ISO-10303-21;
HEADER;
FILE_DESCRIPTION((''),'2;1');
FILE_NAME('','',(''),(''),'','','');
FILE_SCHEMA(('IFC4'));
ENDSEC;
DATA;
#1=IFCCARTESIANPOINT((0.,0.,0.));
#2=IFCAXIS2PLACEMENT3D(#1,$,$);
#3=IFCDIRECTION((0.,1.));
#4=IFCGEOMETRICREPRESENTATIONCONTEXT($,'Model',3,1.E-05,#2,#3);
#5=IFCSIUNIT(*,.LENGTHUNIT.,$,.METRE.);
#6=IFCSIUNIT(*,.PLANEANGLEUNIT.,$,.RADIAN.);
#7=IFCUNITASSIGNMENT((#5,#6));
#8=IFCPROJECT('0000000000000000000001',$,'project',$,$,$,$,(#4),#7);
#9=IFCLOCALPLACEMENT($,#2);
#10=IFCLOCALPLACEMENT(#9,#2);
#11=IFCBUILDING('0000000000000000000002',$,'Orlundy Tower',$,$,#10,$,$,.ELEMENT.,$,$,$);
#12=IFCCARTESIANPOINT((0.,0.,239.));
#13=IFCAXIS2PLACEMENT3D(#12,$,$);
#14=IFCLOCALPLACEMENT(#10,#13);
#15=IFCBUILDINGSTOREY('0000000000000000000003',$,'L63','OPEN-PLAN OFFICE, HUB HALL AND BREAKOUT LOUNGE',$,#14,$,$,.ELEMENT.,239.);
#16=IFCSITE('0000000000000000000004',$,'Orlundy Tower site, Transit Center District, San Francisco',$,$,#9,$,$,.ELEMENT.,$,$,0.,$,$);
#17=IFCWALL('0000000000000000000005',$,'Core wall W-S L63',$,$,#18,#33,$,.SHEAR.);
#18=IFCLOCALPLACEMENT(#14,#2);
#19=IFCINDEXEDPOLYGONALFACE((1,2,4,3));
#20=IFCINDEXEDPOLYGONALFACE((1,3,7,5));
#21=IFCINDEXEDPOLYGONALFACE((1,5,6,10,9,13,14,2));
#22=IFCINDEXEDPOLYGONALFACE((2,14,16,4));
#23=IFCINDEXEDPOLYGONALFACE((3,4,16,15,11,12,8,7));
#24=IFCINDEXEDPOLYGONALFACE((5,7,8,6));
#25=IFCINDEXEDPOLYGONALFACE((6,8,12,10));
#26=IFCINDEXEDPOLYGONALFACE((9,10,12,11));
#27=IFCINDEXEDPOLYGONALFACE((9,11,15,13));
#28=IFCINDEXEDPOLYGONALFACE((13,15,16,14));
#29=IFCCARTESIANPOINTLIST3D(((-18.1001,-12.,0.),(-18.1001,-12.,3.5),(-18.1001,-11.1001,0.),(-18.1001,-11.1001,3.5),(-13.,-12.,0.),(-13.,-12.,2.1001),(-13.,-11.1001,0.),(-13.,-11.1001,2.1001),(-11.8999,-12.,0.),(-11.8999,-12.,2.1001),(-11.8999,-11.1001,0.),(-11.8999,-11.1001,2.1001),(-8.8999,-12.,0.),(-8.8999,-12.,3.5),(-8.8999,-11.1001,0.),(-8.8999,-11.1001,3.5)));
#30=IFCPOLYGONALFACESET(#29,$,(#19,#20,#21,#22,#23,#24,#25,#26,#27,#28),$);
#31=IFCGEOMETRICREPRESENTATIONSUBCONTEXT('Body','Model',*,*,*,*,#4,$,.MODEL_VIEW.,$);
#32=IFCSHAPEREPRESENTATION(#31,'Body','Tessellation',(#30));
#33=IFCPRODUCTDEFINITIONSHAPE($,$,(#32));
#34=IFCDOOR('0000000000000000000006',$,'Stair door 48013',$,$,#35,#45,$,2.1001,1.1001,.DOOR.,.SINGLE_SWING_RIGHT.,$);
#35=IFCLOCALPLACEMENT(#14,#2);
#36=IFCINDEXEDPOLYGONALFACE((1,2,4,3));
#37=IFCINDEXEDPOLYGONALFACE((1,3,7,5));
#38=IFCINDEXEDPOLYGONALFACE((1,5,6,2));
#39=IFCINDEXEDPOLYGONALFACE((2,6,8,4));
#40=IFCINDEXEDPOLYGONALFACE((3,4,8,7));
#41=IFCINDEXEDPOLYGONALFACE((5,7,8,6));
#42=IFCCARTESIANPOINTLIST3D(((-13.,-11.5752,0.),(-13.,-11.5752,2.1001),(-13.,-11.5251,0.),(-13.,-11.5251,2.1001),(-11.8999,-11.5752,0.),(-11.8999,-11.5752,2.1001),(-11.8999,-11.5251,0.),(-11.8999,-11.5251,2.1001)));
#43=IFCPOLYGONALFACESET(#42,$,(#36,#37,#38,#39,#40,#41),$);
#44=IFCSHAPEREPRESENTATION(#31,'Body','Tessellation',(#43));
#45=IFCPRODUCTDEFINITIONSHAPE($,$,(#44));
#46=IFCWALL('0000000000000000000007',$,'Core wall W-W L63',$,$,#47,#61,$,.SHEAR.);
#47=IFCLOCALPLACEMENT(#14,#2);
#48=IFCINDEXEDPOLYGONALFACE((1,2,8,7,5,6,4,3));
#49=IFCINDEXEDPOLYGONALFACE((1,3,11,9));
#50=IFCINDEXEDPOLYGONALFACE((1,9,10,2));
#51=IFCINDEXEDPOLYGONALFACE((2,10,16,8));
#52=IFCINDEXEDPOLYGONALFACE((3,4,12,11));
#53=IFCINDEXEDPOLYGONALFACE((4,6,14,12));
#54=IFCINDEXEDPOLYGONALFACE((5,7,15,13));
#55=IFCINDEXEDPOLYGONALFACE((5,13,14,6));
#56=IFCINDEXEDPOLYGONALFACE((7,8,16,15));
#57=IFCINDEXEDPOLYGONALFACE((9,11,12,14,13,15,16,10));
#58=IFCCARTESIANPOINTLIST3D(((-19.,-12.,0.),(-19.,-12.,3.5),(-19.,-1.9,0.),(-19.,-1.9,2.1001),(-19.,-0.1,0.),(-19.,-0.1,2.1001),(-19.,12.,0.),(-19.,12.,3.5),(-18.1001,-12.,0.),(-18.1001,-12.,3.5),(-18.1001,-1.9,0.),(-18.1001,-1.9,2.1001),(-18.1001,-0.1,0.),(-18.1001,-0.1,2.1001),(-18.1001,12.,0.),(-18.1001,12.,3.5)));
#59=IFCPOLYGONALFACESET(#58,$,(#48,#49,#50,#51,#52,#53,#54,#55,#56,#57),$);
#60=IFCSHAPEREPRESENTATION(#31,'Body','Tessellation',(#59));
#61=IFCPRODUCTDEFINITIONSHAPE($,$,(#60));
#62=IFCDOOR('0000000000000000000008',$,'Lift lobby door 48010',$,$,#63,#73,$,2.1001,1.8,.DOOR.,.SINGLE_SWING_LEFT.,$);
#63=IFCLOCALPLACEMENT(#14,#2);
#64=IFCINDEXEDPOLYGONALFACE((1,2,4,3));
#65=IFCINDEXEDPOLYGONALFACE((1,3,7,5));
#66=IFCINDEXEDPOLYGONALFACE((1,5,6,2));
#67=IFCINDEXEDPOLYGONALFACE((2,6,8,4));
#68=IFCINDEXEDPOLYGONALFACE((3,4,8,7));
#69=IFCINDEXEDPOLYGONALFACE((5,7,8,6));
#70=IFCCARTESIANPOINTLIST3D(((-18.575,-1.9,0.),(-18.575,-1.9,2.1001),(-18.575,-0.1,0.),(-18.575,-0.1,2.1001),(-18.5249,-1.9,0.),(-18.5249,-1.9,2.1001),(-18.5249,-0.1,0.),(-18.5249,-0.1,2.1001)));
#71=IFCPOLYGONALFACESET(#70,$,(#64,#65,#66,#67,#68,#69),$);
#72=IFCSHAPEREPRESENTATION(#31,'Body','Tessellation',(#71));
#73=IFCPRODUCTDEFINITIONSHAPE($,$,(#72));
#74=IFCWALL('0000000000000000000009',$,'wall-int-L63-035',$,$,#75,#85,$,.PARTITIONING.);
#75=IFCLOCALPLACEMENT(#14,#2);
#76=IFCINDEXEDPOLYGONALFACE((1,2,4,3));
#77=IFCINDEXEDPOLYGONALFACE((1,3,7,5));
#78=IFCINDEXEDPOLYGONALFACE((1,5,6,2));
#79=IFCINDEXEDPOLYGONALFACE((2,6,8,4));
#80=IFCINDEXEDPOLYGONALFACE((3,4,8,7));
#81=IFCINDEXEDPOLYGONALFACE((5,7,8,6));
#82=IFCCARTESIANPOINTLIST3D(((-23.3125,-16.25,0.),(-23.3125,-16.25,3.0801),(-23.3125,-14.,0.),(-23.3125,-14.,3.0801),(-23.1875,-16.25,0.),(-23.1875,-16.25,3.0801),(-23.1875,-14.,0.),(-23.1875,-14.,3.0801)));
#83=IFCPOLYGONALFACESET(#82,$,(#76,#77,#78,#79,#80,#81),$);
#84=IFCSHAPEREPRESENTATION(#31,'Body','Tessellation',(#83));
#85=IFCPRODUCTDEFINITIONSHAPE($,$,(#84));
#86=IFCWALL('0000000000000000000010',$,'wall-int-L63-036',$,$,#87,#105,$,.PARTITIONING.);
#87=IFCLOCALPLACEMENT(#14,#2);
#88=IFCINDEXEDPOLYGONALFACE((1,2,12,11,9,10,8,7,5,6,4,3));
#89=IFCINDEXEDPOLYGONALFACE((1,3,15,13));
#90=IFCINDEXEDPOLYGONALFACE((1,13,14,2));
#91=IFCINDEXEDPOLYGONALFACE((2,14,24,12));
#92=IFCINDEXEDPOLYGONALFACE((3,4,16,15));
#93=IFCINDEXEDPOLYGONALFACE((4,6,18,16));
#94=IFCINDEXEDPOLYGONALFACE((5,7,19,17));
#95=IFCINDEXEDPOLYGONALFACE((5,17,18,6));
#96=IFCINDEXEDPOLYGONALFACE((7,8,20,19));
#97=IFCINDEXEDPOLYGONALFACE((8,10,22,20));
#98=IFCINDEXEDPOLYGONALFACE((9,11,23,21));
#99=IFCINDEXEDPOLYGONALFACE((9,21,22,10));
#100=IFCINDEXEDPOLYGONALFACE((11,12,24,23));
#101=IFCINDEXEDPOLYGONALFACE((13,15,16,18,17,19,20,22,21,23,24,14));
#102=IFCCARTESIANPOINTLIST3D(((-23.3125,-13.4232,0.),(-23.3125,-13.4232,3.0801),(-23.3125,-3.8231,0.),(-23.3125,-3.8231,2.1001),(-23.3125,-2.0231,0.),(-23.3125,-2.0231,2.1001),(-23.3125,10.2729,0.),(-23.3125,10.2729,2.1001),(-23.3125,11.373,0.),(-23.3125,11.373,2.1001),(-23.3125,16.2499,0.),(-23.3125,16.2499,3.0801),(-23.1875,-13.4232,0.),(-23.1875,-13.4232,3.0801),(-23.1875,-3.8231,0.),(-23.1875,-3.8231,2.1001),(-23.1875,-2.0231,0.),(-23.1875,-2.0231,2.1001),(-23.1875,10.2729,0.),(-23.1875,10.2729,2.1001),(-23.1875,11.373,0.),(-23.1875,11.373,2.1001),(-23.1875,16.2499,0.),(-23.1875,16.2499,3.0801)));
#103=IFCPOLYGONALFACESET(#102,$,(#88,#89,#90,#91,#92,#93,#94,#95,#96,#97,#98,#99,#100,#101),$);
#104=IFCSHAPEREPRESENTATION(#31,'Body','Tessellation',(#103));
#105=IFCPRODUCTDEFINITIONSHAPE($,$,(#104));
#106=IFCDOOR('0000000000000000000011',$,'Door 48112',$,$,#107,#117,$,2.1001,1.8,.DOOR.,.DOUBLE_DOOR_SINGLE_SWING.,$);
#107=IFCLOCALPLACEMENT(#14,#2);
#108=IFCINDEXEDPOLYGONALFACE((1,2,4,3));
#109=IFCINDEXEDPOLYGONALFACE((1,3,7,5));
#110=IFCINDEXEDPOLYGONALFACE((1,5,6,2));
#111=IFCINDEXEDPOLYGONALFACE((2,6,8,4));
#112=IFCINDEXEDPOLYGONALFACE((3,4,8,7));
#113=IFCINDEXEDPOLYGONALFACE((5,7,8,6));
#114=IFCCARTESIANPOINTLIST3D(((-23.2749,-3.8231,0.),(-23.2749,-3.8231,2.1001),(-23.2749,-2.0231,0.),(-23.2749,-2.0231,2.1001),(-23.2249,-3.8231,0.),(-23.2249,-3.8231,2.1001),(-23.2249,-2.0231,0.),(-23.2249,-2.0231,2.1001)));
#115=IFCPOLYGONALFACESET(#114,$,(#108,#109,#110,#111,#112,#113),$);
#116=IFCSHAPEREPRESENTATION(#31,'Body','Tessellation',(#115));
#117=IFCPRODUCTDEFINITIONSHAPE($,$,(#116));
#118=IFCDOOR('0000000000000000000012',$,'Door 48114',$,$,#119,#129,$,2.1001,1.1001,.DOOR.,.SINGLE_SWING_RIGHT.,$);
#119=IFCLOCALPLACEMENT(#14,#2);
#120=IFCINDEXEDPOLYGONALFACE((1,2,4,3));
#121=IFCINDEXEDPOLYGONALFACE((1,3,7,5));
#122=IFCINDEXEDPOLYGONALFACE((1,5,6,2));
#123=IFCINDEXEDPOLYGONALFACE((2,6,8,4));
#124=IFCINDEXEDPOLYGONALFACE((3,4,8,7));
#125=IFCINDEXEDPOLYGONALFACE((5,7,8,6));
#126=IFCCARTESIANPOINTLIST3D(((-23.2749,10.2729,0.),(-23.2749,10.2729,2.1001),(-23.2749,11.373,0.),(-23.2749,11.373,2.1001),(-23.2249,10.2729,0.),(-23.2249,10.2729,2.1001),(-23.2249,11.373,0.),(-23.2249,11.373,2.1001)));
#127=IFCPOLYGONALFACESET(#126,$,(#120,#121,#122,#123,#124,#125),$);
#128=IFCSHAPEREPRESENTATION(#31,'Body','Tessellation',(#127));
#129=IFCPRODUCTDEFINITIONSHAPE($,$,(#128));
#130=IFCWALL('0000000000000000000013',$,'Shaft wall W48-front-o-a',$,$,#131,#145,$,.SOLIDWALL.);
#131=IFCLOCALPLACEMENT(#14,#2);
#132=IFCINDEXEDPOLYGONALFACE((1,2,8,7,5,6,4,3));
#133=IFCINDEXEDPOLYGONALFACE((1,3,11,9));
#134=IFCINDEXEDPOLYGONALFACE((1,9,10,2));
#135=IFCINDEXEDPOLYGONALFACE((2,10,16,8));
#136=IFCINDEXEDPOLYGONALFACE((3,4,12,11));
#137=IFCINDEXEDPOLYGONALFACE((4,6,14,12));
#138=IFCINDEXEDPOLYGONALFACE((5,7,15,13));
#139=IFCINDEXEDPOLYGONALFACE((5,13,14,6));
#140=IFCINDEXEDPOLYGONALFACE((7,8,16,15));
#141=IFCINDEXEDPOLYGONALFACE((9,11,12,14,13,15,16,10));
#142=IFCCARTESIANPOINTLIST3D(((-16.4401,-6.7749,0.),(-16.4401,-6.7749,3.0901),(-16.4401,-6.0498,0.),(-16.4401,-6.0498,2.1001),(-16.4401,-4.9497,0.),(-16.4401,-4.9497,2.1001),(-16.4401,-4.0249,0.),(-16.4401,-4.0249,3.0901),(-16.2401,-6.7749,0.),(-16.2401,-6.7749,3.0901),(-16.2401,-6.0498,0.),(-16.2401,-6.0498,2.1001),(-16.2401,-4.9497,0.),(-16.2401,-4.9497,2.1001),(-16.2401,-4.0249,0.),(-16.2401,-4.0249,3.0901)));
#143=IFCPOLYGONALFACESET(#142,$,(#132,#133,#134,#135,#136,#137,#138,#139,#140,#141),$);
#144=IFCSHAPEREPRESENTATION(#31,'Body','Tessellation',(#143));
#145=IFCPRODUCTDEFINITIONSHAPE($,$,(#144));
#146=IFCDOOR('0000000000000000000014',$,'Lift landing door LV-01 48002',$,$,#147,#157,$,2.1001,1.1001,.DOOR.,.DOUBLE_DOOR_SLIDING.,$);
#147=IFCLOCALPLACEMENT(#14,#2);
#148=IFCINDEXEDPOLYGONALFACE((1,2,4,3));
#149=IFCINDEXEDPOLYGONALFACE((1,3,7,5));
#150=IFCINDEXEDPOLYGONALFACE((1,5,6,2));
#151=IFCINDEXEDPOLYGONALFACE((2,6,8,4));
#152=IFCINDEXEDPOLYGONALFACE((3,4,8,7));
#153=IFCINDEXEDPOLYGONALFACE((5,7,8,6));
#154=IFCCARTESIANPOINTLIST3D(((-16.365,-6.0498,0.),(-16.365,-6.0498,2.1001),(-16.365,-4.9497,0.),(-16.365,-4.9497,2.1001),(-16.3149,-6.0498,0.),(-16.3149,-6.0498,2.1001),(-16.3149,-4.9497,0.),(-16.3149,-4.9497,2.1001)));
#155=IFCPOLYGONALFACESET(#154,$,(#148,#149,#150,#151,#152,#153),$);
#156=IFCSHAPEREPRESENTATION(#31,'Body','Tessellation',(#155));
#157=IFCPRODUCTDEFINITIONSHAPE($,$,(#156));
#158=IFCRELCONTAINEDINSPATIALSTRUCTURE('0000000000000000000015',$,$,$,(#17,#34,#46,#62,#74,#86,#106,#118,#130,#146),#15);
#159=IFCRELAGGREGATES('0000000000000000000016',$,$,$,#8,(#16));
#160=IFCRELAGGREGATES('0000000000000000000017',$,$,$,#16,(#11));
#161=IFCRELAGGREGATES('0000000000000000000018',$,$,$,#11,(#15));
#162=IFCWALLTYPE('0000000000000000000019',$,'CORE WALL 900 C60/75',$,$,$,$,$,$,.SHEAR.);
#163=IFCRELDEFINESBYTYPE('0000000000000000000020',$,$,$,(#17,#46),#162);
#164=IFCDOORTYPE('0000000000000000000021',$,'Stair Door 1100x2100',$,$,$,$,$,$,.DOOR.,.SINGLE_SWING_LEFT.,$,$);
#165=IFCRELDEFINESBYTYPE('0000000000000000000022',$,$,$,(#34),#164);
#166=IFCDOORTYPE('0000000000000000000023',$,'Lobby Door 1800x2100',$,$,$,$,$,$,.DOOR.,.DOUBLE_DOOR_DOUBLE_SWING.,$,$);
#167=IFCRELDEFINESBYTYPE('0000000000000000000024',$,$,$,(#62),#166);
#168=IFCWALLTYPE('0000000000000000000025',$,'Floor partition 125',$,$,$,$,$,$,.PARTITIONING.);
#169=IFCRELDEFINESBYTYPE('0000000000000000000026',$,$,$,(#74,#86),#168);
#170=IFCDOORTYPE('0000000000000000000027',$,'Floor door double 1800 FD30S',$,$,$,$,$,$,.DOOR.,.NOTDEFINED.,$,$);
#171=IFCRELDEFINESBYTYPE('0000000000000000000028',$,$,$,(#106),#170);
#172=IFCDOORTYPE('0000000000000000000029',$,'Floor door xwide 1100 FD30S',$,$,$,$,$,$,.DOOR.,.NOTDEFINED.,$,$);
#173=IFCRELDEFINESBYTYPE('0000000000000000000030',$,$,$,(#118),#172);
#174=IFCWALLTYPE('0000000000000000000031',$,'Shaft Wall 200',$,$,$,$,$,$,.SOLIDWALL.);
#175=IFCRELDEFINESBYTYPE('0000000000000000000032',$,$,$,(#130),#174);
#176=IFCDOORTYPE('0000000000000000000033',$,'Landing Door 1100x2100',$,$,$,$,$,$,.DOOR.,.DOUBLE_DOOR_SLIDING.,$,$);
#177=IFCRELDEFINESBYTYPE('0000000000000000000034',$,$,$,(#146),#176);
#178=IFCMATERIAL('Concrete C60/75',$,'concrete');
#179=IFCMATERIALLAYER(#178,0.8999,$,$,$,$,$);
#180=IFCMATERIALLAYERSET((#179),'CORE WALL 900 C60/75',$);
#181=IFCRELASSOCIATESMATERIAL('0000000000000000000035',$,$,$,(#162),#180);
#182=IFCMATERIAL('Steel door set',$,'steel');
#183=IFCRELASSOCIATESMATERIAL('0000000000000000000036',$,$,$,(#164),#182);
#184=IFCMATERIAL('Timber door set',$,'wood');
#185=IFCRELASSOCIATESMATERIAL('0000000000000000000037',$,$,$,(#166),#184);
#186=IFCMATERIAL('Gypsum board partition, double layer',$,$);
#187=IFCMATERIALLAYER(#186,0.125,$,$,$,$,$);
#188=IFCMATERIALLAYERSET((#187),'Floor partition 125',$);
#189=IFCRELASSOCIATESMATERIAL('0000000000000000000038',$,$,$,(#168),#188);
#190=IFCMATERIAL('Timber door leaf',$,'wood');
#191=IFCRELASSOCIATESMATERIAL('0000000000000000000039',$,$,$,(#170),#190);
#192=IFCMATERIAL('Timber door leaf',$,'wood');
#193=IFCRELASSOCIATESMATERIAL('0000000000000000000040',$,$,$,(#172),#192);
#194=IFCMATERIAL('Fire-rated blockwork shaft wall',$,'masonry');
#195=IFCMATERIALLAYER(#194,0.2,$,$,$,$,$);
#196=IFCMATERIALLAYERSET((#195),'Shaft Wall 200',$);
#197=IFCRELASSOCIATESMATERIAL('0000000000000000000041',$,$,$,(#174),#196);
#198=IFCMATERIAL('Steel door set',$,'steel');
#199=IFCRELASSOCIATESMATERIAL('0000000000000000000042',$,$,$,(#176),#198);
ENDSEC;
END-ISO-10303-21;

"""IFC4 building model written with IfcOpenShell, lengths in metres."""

from ifc_helpers import new_model, si_unit, direction, frame, frame_2d, origin, place, context, subcontext, project, spatial, rectangle, extrude, material, layer, layer_set, type_object, element, fill, save


model = new_model("IFC4")

# Units and contexts
model_context = context("Model", 3, precision=1e-05, world=origin(), true_north=direction((0.0, 1.0)))
body_context = subcontext(model_context, "Body", "Model", "MODEL_VIEW")
ifc_project = project(units=[si_unit("LENGTHUNIT", "METRE"), si_unit("PLANEANGLEUNIT", "RADIAN")], contexts=[model_context])

# Site, building, storey
site_placement = place(None, origin())
site = spatial("IfcSite", under=ifc_project, at=site_placement, Name="Orlundy Tower site, Transit Center District, San Francisco", CompositionType="ELEMENT", RefElevation=0.0)
building_placement = place(site_placement, origin())
building = spatial("IfcBuilding", under=site, at=building_placement, Name="Orlundy Tower", CompositionType="ELEMENT")
storey_placement = place(building_placement, frame((0.0, 0.0, 239.0)))
storey = spatial("IfcBuildingStorey", under=building, at=storey_placement, Name="L63", Description="OPEN-PLAN OFFICE, HUB HALL AND BREAKOUT LOUNGE", CompositionType="ELEMENT", Elevation=239.0)

# Walls, openings, doors
ifc_material_1 = material(Name="Concrete C60/75", Category="concrete")
ifc_layer_1 = layer(ifc_material_1, 0.8999)
ifc_layer_set_1 = layer_set([ifc_layer_1], Name="CORE WALL 900 C60/75")
wall_type_1 = type_object("IfcWallType", Name="CORE WALL 900 C60/75", PredefinedType="SHEAR", material=ifc_layer_set_1)
wall_1_placement = place(storey_placement, frame((-18.1001, -11.55, 0.0), z_axis=(0.0, 0.0, 1.0), x_axis=(1.0, 0.0, 0.0)))
wall_1 = element("IfcWall", 1, at=wall_1_placement, inside=storey, type_object=wall_type_1, Name="Core wall W-S L63", PredefinedType="SHEAR", context=body_context, shape_type="SweptSolid", body=[
    extrude(rectangle(XDim=9.2002, YDim=0.8999, at=frame_2d((4.6001, 0.0))), origin(), (0.0, 0.0, 1.0), 3.5),
])
opening_1_placement = place(wall_1_placement, frame((5.1001, 0.0, 0.0)))
opening_1 = element("IfcOpeningElement", 2, at=opening_1_placement, cuts=wall_1, PredefinedType="OPENING", context=body_context, shape_type="SweptSolid", body=[
    extrude(rectangle(XDim=1.1001, YDim=2.1001, at=frame_2d((0.55, 1.05))), frame((0.0, 0.46, 0.0), z_axis=(0.0, -1.0, 0.0), x_axis=(1.0, 0.0, 0.0)), (0.0, 0.0, 1.0), 0.9199),
])
ifc_material_2 = material(Name="Steel door set", Category="steel")
door_type_1 = type_object("IfcDoorType", Name="Stair Door 1100x2100", OperationType="SINGLE_SWING_LEFT", PredefinedType="DOOR", material=ifc_material_2)
door_1_placement = place(opening_1_placement, origin())
door_1 = element("IfcDoor", 3, at=door_1_placement, inside=storey, type_object=door_type_1, Name="Stair door 48013", OperationType="SINGLE_SWING_RIGHT", OverallHeight=2.1001, OverallWidth=1.1001, PredefinedType="DOOR", context=body_context, shape_type="SweptSolid", body=[
    extrude(rectangle(XDim=1.1001, YDim=2.1001, at=frame_2d((0.55, 1.05))), frame((0.0, 0.0249, 0.0), z_axis=(0.0, -1.0, 0.0), x_axis=(1.0, 0.0, 0.0)), (0.0, 0.0, 1.0), 0.05),
])
fill(opening_1, door_1)
wall_2_placement = place(storey_placement, frame((-18.55, -12.0, 0.0), z_axis=(0.0, 0.0, 1.0), x_axis=(0.0, 1.0, 0.0)))
wall_2 = element("IfcWall", 4, at=wall_2_placement, inside=storey, type_object=wall_type_1, Name="Core wall W-W L63", PredefinedType="SHEAR", context=body_context, shape_type="SweptSolid", body=[
    extrude(rectangle(XDim=24.0, YDim=0.8999, at=frame_2d((12.0, 0.0))), origin(), (0.0, 0.0, 1.0), 3.5),
])
opening_2_placement = place(wall_2_placement, frame((10.1001, 0.0, 0.0)))
opening_2 = element("IfcOpeningElement", 5, at=opening_2_placement, cuts=wall_2, PredefinedType="OPENING", context=body_context, shape_type="SweptSolid", body=[
    extrude(rectangle(XDim=1.8, YDim=2.1001, at=frame_2d((0.8999, 1.05))), frame((0.0, 0.46, 0.0), z_axis=(0.0, -1.0, 0.0), x_axis=(1.0, 0.0, 0.0)), (0.0, 0.0, 1.0), 0.9199),
])
ifc_material_3 = material(Name="Timber door set", Category="wood")
door_type_2 = type_object("IfcDoorType", Name="Lobby Door 1800x2100", OperationType="DOUBLE_DOOR_DOUBLE_SWING", PredefinedType="DOOR", material=ifc_material_3)
door_2_placement = place(opening_2_placement, origin())
door_2 = element("IfcDoor", 6, at=door_2_placement, inside=storey, type_object=door_type_2, Name="Lift lobby door 48010", OperationType="SINGLE_SWING_LEFT", OverallHeight=2.1001, OverallWidth=1.8, PredefinedType="DOOR", context=body_context, shape_type="SweptSolid", body=[
    extrude(rectangle(XDim=1.8, YDim=2.1001, at=frame_2d((0.8999, 1.05))), frame((0.0, 0.0249, 0.0), z_axis=(0.0, -1.0, 0.0), x_axis=(1.0, 0.0, 0.0)), (0.0, 0.0, 1.0), 0.05),
])
fill(opening_2, door_2)

# Wall
ifc_material_4 = material(Name="Gypsum board partition, double layer")
ifc_layer_2 = layer(ifc_material_4, 0.125)
ifc_layer_set_2 = layer_set([ifc_layer_2], Name="Floor partition 125")
wall_type_2 = type_object("IfcWallType", Name="Floor partition 125", PredefinedType="PARTITIONING", material=ifc_layer_set_2)
wall_3_placement = place(storey_placement, frame((-23.25, -16.25, 0.0), z_axis=(0.0, 0.0, 1.0), x_axis=(0.0, 1.0, 0.0)))
element("IfcWall", 7, at=wall_3_placement, inside=storey, type_object=wall_type_2, Name="wall-int-L63-035", PredefinedType="PARTITIONING", context=body_context, shape_type="SweptSolid", body=[
    extrude(rectangle(XDim=2.25, YDim=0.125, at=frame_2d((1.125, 0.0))), origin(), (0.0, 0.0, 1.0), 3.0801),
])

# Wall, openings, doors
wall_4_placement = place(storey_placement, frame((-23.25, -13.4231, 0.0), z_axis=(0.0, 0.0, 1.0), x_axis=(0.0, 1.0, 0.0)))
wall_4 = element("IfcWall", 8, at=wall_4_placement, inside=storey, type_object=wall_type_2, Name="wall-int-L63-036", PredefinedType="PARTITIONING", context=body_context, shape_type="SweptSolid", body=[
    extrude(rectangle(XDim=29.6731, YDim=0.125, at=frame_2d((14.8364, 0.0))), origin(), (0.0, 0.0, 1.0), 3.0801),
])
opening_3_placement = place(wall_4_placement, frame((9.6001, 0.0, 0.0)))
opening_3 = element("IfcOpeningElement", 9, at=opening_3_placement, cuts=wall_4, PredefinedType="OPENING", context=body_context, shape_type="SweptSolid", body=[
    extrude(rectangle(XDim=1.8, YDim=2.1001, at=frame_2d((0.8999, 1.05))), frame((0.0, 0.0725, 0.0), z_axis=(0.0, -1.0, 0.0), x_axis=(1.0, 0.0, 0.0)), (0.0, 0.0, 1.0), 0.145),
])
opening_4_placement = place(wall_4_placement, frame((23.696, 0.0, 0.0)))
opening_4 = element("IfcOpeningElement", 10, at=opening_4_placement, cuts=wall_4, PredefinedType="OPENING", context=body_context, shape_type="SweptSolid", body=[
    extrude(rectangle(XDim=1.1001, YDim=2.1001, at=frame_2d((0.55, 1.05))), frame((0.0, 0.0725, 0.0), z_axis=(0.0, -1.0, 0.0), x_axis=(1.0, 0.0, 0.0)), (0.0, 0.0, 1.0), 0.145),
])
ifc_material_5 = material(Name="Timber door leaf", Category="wood")
door_type_3 = type_object("IfcDoorType", Name="Floor door double 1800 FD30S", OperationType="NOTDEFINED", PredefinedType="DOOR", material=ifc_material_5)
door_3_placement = place(opening_3_placement, origin())
door_3 = element("IfcDoor", 11, at=door_3_placement, inside=storey, type_object=door_type_3, Name="Door 48112", OperationType="DOUBLE_DOOR_SINGLE_SWING", OverallHeight=2.1001, OverallWidth=1.8, PredefinedType="DOOR", context=body_context, shape_type="SweptSolid", body=[
    extrude(rectangle(XDim=1.8, YDim=2.1001, at=frame_2d((0.8999, 1.05))), frame((0.0, 0.0249, 0.0), z_axis=(0.0, -1.0, 0.0), x_axis=(1.0, 0.0, 0.0)), (0.0, 0.0, 1.0), 0.05),
])
fill(opening_3, door_3)
ifc_material_6 = material(Name="Timber door leaf", Category="wood")
door_type_4 = type_object("IfcDoorType", Name="Floor door xwide 1100 FD30S", OperationType="NOTDEFINED", PredefinedType="DOOR", material=ifc_material_6)
door_4_placement = place(opening_4_placement, origin())
door_4 = element("IfcDoor", 12, at=door_4_placement, inside=storey, type_object=door_type_4, Name="Door 48114", OperationType="SINGLE_SWING_RIGHT", OverallHeight=2.1001, OverallWidth=1.1001, PredefinedType="DOOR", context=body_context, shape_type="SweptSolid", body=[
    extrude(rectangle(XDim=1.1001, YDim=2.1001, at=frame_2d((0.55, 1.05))), frame((0.0, 0.0249, 0.0), z_axis=(0.0, -1.0, 0.0), x_axis=(1.0, 0.0, 0.0)), (0.0, 0.0, 1.0), 0.05),
])
fill(opening_4, door_4)

# Wall, opening, door
ifc_material_7 = material(Name="Fire-rated blockwork shaft wall", Category="masonry")
ifc_layer_3 = layer(ifc_material_7, 0.2)
ifc_layer_set_3 = layer_set([ifc_layer_3], Name="Shaft Wall 200")
wall_type_3 = type_object("IfcWallType", Name="Shaft Wall 200", PredefinedType="SOLIDWALL", material=ifc_layer_set_3)
wall_5_placement = place(storey_placement, frame((-16.3401, -6.7749, 0.0), z_axis=(0.0, 0.0, 1.0), x_axis=(0.0, 1.0, 0.0)))
wall_5 = element("IfcWall", 13, at=wall_5_placement, inside=storey, type_object=wall_type_3, Name="Shaft wall W48-front-o-a", PredefinedType="SOLIDWALL", context=body_context, shape_type="SweptSolid", body=[
    extrude(rectangle(XDim=2.75, YDim=0.2, at=frame_2d((1.375, 0.0))), origin(), (0.0, 0.0, 1.0), 3.0901),
])
opening_5_placement = place(wall_5_placement, frame((0.7251, 0.0, 0.0)))
opening_5 = element("IfcOpeningElement", 14, at=opening_5_placement, cuts=wall_5, PredefinedType="OPENING", context=body_context, shape_type="SweptSolid", body=[
    extrude(rectangle(XDim=1.1001, YDim=2.1001, at=frame_2d((0.55, 1.05))), frame((0.0, 0.1101, 0.0), z_axis=(0.0, -1.0, 0.0), x_axis=(1.0, 0.0, 0.0)), (0.0, 0.0, 1.0), 0.2202),
])
ifc_material_8 = material(Name="Steel door set", Category="steel")
door_type_5 = type_object("IfcDoorType", Name="Landing Door 1100x2100", OperationType="DOUBLE_DOOR_SLIDING", PredefinedType="DOOR", material=ifc_material_8)
door_5_placement = place(opening_5_placement, origin())
door_5 = element("IfcDoor", 15, at=door_5_placement, inside=storey, type_object=door_type_5, Name="Lift landing door LV-01 48002", OperationType="DOUBLE_DOOR_SLIDING", OverallHeight=2.1001, OverallWidth=1.1001, PredefinedType="DOOR", context=body_context, shape_type="SweptSolid", body=[
    extrude(rectangle(XDim=1.1001, YDim=2.1001, at=frame_2d((0.55, 1.05))), frame((0.0, 0.0249, 0.0), z_axis=(0.0, -1.0, 0.0), x_axis=(1.0, 0.0, 0.0)), (0.0, 0.0, 1.0), 0.05),
])
fill(opening_5, door_5)

save(model, "model.ifc")
